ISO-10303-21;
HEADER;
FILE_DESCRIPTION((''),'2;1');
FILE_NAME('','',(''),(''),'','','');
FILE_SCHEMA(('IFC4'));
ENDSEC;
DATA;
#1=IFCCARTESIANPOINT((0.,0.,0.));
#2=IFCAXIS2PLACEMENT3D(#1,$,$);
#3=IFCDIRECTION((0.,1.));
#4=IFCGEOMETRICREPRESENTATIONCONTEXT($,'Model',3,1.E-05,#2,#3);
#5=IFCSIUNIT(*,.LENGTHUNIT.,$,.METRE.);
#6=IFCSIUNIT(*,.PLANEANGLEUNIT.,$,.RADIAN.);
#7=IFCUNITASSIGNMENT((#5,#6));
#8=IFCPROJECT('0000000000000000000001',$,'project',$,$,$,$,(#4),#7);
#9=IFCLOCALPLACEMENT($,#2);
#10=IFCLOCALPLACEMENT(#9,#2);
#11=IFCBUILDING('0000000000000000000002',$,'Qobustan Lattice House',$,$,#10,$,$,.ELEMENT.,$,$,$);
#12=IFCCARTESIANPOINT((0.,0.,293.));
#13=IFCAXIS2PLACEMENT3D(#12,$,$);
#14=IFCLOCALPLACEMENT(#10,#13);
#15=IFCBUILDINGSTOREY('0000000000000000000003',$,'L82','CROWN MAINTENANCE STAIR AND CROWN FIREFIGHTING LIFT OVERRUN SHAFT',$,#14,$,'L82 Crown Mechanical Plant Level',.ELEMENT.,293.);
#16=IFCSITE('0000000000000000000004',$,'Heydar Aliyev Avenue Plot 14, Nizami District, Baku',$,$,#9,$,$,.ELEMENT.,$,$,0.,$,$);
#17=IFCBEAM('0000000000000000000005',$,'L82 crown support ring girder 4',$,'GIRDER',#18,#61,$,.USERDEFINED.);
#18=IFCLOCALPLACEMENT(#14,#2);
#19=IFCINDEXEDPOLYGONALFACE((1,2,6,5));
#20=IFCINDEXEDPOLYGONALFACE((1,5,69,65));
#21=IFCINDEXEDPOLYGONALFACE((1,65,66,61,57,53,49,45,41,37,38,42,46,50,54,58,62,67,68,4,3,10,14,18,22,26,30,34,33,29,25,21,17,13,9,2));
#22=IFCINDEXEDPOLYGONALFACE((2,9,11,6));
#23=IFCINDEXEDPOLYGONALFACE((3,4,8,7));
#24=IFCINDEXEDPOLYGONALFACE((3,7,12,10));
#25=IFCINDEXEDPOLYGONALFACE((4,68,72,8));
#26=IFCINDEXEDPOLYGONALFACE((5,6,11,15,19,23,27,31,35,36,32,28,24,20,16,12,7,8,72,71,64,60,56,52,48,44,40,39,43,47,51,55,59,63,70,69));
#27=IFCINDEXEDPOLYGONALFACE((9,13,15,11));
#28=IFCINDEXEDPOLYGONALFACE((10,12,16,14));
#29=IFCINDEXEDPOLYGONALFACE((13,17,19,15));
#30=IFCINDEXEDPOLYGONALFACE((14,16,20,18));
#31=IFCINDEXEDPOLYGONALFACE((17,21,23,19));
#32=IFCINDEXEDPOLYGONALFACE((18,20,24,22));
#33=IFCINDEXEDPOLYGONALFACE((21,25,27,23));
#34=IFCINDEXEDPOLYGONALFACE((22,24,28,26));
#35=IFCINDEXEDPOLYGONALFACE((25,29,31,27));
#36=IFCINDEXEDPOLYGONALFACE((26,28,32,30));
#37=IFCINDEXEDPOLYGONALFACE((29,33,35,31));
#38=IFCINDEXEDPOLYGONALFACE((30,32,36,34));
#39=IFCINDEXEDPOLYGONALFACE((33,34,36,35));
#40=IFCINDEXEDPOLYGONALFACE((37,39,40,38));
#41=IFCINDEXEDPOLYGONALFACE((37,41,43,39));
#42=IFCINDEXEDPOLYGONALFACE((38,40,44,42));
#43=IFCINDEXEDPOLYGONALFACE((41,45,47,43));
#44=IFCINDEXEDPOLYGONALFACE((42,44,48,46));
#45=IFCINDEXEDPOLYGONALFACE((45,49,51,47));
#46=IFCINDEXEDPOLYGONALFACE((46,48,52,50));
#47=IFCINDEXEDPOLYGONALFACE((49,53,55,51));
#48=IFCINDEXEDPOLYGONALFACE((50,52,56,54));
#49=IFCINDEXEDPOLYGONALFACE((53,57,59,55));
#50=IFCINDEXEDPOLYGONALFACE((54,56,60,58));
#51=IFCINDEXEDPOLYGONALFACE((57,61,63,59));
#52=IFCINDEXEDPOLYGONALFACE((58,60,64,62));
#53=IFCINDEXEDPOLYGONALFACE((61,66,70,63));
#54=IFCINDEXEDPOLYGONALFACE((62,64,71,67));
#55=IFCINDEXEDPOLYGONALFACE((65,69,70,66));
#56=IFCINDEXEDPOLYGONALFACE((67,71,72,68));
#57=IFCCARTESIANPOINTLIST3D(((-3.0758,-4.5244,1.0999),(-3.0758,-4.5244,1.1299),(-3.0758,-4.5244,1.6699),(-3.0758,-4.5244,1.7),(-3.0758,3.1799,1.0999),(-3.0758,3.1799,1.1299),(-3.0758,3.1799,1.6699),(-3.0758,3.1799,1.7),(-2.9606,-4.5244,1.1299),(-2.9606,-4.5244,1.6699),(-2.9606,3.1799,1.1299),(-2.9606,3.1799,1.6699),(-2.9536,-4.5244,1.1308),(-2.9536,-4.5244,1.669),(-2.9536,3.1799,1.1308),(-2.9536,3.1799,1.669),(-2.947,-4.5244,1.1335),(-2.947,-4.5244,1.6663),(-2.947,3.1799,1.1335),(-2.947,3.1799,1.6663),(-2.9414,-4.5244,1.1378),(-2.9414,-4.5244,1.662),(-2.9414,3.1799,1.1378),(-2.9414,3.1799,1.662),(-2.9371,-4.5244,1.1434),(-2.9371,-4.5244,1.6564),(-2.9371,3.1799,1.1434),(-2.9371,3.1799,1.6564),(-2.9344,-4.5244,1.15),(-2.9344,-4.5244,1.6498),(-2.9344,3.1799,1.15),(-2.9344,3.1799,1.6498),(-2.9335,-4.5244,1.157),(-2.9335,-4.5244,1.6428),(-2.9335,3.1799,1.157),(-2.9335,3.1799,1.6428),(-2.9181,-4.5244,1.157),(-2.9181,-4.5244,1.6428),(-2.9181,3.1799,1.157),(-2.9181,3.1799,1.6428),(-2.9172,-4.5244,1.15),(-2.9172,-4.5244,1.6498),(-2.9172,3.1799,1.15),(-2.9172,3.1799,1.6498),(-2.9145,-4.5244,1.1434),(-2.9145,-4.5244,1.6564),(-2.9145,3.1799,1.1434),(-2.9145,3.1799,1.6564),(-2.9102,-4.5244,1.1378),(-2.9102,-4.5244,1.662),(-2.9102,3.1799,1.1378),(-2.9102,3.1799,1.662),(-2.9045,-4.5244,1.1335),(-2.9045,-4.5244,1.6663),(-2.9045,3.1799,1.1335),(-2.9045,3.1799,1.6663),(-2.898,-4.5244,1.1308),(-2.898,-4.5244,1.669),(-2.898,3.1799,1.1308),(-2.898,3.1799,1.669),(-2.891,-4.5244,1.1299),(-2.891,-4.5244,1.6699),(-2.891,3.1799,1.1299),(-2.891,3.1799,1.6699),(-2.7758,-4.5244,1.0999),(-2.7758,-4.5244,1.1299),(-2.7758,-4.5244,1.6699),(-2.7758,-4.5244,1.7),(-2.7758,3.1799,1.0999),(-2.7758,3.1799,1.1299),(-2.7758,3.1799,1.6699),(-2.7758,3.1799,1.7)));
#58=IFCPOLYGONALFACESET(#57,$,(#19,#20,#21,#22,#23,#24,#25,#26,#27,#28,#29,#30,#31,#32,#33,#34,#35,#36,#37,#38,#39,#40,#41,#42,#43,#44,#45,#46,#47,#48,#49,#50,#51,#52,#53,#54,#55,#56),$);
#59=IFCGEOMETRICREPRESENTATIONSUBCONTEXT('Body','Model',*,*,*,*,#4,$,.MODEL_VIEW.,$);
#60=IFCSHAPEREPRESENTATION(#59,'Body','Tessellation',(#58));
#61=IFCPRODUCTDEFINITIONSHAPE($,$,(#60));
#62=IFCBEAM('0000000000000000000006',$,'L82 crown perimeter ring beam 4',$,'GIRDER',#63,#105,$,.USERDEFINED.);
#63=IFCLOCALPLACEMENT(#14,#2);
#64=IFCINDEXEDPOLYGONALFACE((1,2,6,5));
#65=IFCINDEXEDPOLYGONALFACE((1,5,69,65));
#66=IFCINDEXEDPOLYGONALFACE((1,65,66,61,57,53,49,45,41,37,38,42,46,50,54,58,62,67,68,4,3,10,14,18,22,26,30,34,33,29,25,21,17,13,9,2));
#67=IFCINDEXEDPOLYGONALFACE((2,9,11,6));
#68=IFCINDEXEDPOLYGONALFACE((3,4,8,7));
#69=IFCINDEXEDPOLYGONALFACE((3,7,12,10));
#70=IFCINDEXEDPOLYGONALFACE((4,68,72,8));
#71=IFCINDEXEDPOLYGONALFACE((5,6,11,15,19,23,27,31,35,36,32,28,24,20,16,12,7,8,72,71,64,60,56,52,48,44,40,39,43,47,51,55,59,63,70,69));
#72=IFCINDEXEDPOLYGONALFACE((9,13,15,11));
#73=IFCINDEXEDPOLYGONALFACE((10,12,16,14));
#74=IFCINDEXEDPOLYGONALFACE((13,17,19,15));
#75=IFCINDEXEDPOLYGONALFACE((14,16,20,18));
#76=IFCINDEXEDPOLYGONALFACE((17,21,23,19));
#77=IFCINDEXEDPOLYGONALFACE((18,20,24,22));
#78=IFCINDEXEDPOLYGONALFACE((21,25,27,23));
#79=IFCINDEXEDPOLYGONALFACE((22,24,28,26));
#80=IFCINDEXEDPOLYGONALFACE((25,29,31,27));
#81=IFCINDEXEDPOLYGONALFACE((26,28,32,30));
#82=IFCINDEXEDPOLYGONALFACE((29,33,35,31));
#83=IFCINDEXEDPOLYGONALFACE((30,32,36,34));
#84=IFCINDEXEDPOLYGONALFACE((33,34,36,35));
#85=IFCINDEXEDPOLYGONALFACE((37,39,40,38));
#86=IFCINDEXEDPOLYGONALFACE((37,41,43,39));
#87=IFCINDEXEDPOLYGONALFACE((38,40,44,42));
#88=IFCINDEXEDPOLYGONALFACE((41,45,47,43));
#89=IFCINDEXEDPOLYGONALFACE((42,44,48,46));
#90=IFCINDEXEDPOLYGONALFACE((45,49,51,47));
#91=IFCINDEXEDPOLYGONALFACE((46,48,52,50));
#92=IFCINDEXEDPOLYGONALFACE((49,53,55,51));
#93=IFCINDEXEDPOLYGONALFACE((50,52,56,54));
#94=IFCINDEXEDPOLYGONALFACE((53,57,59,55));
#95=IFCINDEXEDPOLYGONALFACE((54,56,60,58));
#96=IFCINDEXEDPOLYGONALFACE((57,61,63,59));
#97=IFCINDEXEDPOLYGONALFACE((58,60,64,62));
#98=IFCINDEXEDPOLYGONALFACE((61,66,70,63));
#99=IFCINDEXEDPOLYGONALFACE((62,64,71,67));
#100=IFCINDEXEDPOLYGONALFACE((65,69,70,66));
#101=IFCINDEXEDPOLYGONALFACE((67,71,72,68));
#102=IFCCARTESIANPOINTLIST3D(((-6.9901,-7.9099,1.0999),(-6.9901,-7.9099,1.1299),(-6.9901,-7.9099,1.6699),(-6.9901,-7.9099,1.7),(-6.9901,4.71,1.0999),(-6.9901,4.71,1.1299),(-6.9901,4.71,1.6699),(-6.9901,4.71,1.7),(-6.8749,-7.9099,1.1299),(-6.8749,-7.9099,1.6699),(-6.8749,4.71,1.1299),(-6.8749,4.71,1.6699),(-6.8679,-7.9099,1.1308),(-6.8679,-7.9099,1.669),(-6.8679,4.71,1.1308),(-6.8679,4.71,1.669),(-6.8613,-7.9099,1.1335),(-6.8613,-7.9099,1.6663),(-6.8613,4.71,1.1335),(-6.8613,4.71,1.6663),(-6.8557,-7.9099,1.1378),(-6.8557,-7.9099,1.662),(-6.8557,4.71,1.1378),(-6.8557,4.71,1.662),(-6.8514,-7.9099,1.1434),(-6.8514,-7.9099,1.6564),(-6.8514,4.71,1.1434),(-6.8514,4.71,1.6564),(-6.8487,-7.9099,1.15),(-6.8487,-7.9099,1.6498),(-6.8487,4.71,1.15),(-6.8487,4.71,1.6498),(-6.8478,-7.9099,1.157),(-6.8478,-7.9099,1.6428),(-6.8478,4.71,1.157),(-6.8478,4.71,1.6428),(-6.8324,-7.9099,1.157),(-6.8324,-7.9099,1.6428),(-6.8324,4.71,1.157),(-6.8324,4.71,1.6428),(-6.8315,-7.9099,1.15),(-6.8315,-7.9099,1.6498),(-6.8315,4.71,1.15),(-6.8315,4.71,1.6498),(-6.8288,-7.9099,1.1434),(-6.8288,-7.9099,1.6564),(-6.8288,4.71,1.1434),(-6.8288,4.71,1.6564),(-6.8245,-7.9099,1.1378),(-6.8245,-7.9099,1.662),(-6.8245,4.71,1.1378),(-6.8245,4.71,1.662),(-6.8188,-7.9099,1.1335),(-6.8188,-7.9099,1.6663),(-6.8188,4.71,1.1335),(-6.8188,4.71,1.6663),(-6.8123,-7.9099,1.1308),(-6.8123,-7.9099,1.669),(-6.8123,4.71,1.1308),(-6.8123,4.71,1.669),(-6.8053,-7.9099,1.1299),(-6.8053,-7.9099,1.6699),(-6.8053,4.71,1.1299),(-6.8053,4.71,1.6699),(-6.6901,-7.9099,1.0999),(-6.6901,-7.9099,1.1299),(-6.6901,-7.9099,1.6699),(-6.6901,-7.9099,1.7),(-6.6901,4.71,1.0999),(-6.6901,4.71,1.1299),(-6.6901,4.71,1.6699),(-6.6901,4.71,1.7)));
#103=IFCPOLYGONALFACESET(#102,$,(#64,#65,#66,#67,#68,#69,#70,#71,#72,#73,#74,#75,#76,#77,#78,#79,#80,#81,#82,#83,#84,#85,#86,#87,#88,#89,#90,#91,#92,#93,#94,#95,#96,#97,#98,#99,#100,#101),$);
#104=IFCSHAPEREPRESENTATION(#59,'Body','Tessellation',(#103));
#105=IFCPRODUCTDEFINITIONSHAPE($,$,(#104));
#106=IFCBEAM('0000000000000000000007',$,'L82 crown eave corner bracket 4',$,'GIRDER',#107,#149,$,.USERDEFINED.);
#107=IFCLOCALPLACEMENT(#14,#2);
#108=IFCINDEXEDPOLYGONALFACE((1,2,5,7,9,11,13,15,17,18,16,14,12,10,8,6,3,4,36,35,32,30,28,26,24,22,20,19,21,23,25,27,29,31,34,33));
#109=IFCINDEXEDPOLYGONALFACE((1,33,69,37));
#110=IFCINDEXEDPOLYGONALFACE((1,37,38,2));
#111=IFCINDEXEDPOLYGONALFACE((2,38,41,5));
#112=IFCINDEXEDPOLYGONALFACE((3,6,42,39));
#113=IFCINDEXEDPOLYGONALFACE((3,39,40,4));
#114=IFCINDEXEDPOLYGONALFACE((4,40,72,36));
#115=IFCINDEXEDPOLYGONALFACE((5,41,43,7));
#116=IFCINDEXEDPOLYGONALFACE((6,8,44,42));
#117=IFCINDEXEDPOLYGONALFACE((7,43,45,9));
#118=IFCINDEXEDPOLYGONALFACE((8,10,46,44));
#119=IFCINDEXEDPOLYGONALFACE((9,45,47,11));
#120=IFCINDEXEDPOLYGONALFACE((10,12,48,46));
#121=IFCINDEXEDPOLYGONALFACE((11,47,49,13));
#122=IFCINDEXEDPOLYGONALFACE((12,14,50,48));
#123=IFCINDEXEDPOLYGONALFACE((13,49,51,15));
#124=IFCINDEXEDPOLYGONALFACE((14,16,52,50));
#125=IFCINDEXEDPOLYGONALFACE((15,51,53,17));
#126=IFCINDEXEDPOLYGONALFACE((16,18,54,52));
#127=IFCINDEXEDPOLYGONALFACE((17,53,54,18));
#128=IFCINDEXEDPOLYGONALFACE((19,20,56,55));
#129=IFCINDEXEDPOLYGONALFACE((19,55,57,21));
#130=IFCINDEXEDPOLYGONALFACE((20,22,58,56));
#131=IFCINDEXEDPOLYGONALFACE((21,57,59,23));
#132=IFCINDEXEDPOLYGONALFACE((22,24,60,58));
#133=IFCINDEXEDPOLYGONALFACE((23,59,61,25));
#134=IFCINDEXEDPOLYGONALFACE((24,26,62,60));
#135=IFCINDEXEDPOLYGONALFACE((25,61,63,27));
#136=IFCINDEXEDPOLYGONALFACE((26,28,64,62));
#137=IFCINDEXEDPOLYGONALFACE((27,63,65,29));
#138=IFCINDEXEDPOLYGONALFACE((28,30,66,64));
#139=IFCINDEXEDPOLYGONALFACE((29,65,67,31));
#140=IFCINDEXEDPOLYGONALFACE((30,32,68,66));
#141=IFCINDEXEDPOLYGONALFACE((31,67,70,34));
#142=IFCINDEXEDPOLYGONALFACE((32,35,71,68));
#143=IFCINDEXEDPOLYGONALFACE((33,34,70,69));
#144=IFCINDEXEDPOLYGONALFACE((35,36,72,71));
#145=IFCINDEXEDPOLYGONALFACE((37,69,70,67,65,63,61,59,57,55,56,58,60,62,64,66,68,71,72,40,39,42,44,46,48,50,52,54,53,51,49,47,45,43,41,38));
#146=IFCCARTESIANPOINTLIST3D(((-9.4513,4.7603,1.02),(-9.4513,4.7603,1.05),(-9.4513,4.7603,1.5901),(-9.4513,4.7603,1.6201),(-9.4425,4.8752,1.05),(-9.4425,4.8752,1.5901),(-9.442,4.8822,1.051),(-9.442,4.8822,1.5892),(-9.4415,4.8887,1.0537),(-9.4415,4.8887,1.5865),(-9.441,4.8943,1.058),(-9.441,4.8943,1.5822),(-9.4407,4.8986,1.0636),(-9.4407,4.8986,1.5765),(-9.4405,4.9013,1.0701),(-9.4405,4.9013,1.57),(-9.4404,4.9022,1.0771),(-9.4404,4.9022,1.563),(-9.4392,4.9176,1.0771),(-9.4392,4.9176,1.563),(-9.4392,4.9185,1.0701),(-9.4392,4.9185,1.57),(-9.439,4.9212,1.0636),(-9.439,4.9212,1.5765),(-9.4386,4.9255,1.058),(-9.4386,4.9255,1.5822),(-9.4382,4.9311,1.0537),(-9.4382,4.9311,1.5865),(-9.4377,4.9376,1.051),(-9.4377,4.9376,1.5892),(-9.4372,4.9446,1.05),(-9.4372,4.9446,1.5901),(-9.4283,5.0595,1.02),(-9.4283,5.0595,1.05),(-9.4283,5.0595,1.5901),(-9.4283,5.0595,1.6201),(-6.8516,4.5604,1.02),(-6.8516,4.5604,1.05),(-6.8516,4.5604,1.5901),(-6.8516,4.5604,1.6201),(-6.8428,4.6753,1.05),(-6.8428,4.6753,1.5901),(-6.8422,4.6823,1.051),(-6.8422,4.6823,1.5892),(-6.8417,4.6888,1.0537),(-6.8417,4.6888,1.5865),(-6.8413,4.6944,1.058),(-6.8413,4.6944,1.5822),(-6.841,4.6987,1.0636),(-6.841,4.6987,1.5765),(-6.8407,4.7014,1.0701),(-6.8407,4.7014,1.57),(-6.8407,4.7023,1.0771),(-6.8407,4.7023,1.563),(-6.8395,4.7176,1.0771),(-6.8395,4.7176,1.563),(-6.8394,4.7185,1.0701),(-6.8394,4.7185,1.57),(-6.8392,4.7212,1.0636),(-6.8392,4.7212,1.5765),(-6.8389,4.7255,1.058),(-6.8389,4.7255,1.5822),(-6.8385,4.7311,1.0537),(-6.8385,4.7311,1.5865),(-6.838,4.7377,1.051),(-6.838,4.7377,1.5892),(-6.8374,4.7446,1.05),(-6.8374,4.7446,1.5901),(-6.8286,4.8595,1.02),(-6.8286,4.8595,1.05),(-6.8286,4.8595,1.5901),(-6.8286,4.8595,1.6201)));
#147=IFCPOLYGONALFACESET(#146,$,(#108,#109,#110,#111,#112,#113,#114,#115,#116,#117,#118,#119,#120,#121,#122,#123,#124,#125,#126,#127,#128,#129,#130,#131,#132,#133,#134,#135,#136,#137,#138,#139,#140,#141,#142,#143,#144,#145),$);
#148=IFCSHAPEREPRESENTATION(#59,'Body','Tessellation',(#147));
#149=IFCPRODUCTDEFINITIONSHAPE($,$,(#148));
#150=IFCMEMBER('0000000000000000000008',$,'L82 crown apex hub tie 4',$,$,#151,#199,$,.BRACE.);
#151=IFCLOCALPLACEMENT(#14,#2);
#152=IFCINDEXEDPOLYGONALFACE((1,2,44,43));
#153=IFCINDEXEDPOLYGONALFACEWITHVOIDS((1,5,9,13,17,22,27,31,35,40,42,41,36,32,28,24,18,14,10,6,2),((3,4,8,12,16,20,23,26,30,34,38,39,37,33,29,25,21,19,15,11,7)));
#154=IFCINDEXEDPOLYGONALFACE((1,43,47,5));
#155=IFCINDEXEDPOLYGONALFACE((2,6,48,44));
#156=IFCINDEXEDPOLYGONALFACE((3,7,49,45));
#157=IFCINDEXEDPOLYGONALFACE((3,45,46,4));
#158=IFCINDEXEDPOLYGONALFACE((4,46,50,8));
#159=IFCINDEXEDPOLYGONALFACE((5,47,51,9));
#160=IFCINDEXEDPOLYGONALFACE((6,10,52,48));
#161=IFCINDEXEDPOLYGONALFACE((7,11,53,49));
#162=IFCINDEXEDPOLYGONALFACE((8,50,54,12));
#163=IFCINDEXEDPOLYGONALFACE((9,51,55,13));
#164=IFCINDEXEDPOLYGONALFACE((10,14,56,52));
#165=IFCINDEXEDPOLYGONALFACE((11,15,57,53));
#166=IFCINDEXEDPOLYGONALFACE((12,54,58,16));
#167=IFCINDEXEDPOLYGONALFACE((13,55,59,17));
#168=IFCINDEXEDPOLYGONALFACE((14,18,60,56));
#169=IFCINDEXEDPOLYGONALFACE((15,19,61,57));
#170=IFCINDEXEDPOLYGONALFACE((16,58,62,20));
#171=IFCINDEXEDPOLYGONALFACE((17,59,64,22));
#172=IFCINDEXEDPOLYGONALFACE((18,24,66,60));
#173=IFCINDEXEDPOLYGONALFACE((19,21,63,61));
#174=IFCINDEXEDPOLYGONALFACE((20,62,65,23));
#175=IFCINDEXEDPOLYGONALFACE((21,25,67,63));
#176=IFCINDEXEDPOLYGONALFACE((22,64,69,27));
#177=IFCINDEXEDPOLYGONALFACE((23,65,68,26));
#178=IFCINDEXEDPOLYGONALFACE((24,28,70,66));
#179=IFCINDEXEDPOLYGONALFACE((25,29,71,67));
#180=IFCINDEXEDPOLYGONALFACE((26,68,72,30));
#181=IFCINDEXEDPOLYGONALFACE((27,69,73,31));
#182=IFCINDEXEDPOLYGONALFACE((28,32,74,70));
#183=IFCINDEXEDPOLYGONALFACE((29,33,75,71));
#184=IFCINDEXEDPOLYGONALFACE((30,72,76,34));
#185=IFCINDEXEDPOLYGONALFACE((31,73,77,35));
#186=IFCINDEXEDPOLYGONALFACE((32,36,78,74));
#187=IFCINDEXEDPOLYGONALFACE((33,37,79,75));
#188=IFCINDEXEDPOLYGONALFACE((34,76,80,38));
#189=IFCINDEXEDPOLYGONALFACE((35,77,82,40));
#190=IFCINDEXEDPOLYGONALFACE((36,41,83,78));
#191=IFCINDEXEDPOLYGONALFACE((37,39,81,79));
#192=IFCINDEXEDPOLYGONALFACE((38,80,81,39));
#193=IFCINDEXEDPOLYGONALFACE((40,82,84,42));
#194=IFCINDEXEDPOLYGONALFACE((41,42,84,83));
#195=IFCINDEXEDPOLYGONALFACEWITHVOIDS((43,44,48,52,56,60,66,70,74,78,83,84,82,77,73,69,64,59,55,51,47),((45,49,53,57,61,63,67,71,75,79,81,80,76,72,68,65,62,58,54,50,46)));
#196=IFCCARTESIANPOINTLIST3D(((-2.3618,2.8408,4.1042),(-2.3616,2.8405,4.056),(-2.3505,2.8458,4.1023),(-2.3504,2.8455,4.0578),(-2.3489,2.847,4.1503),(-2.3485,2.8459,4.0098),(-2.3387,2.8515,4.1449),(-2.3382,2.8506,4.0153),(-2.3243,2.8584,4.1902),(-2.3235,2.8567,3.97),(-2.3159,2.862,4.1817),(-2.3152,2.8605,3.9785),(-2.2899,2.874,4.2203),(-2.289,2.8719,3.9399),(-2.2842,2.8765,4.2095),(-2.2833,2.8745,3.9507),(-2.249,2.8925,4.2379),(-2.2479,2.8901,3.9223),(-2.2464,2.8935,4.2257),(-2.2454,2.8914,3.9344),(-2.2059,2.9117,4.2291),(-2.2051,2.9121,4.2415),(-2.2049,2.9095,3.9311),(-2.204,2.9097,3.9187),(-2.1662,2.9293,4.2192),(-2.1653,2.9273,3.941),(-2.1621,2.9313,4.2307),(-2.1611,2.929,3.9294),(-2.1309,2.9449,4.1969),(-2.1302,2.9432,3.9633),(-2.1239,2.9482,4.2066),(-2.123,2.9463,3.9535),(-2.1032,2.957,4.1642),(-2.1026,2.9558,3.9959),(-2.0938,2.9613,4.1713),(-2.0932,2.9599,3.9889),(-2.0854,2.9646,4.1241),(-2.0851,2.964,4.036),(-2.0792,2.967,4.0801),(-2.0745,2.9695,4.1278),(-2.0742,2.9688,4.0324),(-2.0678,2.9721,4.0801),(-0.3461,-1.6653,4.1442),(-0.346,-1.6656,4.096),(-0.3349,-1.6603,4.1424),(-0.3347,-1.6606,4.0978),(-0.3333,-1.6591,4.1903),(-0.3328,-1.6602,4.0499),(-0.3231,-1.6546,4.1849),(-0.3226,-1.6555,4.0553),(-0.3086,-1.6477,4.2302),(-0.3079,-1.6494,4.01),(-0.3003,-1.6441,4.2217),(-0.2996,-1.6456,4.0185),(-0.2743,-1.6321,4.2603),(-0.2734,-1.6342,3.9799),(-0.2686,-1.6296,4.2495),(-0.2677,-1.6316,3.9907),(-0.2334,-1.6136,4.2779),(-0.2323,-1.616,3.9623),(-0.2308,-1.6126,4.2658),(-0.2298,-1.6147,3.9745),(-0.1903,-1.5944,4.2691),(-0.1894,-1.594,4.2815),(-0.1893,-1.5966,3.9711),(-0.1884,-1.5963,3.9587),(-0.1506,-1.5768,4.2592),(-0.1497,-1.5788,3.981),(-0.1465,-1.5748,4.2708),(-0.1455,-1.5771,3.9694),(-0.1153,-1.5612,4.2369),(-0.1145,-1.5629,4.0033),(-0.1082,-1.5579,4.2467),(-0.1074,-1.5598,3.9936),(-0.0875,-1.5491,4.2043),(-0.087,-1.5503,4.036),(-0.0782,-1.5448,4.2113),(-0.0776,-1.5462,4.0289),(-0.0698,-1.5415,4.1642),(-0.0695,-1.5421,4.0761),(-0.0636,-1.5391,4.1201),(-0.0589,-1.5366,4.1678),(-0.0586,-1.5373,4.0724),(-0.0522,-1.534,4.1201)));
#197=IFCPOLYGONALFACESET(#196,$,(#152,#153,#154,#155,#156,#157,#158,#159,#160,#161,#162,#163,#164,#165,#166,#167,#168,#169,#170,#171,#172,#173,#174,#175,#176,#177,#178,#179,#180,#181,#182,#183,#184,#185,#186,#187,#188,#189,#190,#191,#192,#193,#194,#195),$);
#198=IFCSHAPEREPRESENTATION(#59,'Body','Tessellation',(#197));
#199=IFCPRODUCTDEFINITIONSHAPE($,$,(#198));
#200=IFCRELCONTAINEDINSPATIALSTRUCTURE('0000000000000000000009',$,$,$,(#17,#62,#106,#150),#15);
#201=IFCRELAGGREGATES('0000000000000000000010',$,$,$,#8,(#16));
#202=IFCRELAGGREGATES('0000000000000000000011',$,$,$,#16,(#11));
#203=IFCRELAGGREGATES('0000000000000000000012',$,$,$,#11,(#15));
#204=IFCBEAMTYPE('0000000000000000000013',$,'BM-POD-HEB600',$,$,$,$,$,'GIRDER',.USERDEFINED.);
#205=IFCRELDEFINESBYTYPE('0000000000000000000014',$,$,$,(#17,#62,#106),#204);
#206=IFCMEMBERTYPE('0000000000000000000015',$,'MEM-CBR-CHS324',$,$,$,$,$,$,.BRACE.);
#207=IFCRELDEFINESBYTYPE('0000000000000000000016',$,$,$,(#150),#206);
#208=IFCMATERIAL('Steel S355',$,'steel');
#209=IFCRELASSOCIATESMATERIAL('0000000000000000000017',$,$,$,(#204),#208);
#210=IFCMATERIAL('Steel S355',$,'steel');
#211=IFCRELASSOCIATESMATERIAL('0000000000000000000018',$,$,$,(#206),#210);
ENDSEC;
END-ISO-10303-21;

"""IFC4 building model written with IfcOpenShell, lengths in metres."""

from ifc_helpers import new_model, si_unit, direction, frame, origin, origin_2d, place, context, subcontext, project, spatial, hollow_circle, i_section, extrude, material, material_profile, profile_set, type_object, element, save


model = new_model("IFC4")

# Units and contexts
model_context = context("Model", 3, precision=1e-05, world=origin(), true_north=direction((0.0, 1.0)))
body_context = subcontext(model_context, "Body", "Model", "MODEL_VIEW")
ifc_project = project(units=[si_unit("LENGTHUNIT", "METRE"), si_unit("PLANEANGLEUNIT", "RADIAN")], contexts=[model_context])

# Site, building, storey
site_placement = place(None, origin())
site = spatial("IfcSite", under=ifc_project, at=site_placement, Name="Heydar Aliyev Avenue Plot 14, Nizami District, Baku", CompositionType="ELEMENT", RefElevation=0.0)
building_placement = place(site_placement, origin())
building = spatial("IfcBuilding", under=site, at=building_placement, Name="Qobustan Lattice House", CompositionType="ELEMENT")
storey_placement = place(building_placement, frame((0.0, 0.0, 293.0)))
storey = spatial("IfcBuildingStorey", under=building, at=storey_placement, Name="L82", Description="CROWN MAINTENANCE STAIR AND CROWN FIREFIGHTING LIFT OVERRUN SHAFT", LongName="L82 Crown Mechanical Plant Level", CompositionType="ELEMENT", Elevation=293.0)

# Beams
ifc_material_1 = material(Name="Steel S355", Category="steel")
ifc_material_profile_1 = material_profile(ifc_material_1, i_section(OverallWidth=0.3, OverallDepth=0.6001, WebThickness=0.0154, FlangeThickness=0.03, FilletRadius=0.0271, at=origin_2d()), Name="HEB600")
ifc_profile_set_1 = profile_set([ifc_material_profile_1], Name="Steel S355")
beam_type = type_object("IfcBeamType", Name="BM-POD-HEB600", ElementType="GIRDER", PredefinedType="USERDEFINED", material=ifc_profile_set_1)
beam_1_placement = place(storey_placement, frame((-2.9258, 3.1799, 1.3999), z_axis=(0.0, -1.0, 0.0), x_axis=(1.0, 0.0, 0.0)))
element("IfcBeam", 1, at=beam_1_placement, inside=storey, type_object=beam_type, Name="L82 crown support ring girder 4", ObjectType="GIRDER", PredefinedType="USERDEFINED", context=body_context, shape_type="SweptSolid", body=[
    extrude(i_section(OverallWidth=0.3, OverallDepth=0.6001, WebThickness=0.0154, FlangeThickness=0.03, FilletRadius=0.0271, at=origin_2d()), origin(), (0.0, 0.0, 1.0), 7.7043),
])
beam_2_placement = place(storey_placement, frame((-6.8401, 4.71, 1.3999), z_axis=(0.0, -1.0, 0.0), x_axis=(1.0, 0.0, 0.0)))
element("IfcBeam", 2, at=beam_2_placement, inside=storey, type_object=beam_type, Name="L82 crown perimeter ring beam 4", ObjectType="GIRDER", PredefinedType="USERDEFINED", context=body_context, shape_type="SweptSolid", body=[
    extrude(i_section(OverallWidth=0.3, OverallDepth=0.6001, WebThickness=0.0154, FlangeThickness=0.03, FilletRadius=0.0271, at=origin_2d()), origin(), (0.0, 0.0, 1.0), 12.6199),
])
beam_3_placement = place(storey_placement, frame((-6.8401, 4.71, 1.3201), z_axis=(-0.997056, 0.076682, 0.0), x_axis=(-0.076682, -0.997056, 0.0)))
element("IfcBeam", 3, at=beam_3_placement, inside=storey, type_object=beam_type, Name="L82 crown eave corner bracket 4", ObjectType="GIRDER", PredefinedType="USERDEFINED", context=body_context, shape_type="SweptSolid", body=[
    extrude(i_section(OverallWidth=0.3, OverallDepth=0.6001, WebThickness=0.0154, FlangeThickness=0.03, FilletRadius=0.0271, at=origin_2d()), origin(), (0.0, 0.0, 1.0), 2.6074),
])

# Member
ifc_material_2 = material(Name="Steel S355", Category="steel")
ifc_material_profile_2 = material_profile(ifc_material_2, hollow_circle(Radius=0.1619, WallThickness=0.0125, at=origin_2d()), Name="CHS323.9x12.5")
ifc_profile_set_2 = profile_set([ifc_material_profile_2], Name="Steel S355")
member_type_1 = type_object("IfcMemberType", Name="MEM-CBR-CHS324", PredefinedType="BRACE", material=ifc_profile_set_2)
member_1_placement = place(storey_placement, frame((-2.2156, 2.906, 4.0801), z_axis=(0.408308, -0.912808, 0.008111), x_axis=(0.912838, 0.408322, 0.0)))
element("IfcMember", 4, at=member_1_placement, inside=storey, type_object=member_type_1, Name="L82 crown apex hub tie 4", PredefinedType="BRACE", context=body_context, shape_type="SweptSolid", body=[
    extrude(hollow_circle(Radius=0.1619, WallThickness=0.0125, at=origin_2d()), origin(), (0.0, 0.0, 1.0), 4.9365),
])

save(model, "model.ifc")
